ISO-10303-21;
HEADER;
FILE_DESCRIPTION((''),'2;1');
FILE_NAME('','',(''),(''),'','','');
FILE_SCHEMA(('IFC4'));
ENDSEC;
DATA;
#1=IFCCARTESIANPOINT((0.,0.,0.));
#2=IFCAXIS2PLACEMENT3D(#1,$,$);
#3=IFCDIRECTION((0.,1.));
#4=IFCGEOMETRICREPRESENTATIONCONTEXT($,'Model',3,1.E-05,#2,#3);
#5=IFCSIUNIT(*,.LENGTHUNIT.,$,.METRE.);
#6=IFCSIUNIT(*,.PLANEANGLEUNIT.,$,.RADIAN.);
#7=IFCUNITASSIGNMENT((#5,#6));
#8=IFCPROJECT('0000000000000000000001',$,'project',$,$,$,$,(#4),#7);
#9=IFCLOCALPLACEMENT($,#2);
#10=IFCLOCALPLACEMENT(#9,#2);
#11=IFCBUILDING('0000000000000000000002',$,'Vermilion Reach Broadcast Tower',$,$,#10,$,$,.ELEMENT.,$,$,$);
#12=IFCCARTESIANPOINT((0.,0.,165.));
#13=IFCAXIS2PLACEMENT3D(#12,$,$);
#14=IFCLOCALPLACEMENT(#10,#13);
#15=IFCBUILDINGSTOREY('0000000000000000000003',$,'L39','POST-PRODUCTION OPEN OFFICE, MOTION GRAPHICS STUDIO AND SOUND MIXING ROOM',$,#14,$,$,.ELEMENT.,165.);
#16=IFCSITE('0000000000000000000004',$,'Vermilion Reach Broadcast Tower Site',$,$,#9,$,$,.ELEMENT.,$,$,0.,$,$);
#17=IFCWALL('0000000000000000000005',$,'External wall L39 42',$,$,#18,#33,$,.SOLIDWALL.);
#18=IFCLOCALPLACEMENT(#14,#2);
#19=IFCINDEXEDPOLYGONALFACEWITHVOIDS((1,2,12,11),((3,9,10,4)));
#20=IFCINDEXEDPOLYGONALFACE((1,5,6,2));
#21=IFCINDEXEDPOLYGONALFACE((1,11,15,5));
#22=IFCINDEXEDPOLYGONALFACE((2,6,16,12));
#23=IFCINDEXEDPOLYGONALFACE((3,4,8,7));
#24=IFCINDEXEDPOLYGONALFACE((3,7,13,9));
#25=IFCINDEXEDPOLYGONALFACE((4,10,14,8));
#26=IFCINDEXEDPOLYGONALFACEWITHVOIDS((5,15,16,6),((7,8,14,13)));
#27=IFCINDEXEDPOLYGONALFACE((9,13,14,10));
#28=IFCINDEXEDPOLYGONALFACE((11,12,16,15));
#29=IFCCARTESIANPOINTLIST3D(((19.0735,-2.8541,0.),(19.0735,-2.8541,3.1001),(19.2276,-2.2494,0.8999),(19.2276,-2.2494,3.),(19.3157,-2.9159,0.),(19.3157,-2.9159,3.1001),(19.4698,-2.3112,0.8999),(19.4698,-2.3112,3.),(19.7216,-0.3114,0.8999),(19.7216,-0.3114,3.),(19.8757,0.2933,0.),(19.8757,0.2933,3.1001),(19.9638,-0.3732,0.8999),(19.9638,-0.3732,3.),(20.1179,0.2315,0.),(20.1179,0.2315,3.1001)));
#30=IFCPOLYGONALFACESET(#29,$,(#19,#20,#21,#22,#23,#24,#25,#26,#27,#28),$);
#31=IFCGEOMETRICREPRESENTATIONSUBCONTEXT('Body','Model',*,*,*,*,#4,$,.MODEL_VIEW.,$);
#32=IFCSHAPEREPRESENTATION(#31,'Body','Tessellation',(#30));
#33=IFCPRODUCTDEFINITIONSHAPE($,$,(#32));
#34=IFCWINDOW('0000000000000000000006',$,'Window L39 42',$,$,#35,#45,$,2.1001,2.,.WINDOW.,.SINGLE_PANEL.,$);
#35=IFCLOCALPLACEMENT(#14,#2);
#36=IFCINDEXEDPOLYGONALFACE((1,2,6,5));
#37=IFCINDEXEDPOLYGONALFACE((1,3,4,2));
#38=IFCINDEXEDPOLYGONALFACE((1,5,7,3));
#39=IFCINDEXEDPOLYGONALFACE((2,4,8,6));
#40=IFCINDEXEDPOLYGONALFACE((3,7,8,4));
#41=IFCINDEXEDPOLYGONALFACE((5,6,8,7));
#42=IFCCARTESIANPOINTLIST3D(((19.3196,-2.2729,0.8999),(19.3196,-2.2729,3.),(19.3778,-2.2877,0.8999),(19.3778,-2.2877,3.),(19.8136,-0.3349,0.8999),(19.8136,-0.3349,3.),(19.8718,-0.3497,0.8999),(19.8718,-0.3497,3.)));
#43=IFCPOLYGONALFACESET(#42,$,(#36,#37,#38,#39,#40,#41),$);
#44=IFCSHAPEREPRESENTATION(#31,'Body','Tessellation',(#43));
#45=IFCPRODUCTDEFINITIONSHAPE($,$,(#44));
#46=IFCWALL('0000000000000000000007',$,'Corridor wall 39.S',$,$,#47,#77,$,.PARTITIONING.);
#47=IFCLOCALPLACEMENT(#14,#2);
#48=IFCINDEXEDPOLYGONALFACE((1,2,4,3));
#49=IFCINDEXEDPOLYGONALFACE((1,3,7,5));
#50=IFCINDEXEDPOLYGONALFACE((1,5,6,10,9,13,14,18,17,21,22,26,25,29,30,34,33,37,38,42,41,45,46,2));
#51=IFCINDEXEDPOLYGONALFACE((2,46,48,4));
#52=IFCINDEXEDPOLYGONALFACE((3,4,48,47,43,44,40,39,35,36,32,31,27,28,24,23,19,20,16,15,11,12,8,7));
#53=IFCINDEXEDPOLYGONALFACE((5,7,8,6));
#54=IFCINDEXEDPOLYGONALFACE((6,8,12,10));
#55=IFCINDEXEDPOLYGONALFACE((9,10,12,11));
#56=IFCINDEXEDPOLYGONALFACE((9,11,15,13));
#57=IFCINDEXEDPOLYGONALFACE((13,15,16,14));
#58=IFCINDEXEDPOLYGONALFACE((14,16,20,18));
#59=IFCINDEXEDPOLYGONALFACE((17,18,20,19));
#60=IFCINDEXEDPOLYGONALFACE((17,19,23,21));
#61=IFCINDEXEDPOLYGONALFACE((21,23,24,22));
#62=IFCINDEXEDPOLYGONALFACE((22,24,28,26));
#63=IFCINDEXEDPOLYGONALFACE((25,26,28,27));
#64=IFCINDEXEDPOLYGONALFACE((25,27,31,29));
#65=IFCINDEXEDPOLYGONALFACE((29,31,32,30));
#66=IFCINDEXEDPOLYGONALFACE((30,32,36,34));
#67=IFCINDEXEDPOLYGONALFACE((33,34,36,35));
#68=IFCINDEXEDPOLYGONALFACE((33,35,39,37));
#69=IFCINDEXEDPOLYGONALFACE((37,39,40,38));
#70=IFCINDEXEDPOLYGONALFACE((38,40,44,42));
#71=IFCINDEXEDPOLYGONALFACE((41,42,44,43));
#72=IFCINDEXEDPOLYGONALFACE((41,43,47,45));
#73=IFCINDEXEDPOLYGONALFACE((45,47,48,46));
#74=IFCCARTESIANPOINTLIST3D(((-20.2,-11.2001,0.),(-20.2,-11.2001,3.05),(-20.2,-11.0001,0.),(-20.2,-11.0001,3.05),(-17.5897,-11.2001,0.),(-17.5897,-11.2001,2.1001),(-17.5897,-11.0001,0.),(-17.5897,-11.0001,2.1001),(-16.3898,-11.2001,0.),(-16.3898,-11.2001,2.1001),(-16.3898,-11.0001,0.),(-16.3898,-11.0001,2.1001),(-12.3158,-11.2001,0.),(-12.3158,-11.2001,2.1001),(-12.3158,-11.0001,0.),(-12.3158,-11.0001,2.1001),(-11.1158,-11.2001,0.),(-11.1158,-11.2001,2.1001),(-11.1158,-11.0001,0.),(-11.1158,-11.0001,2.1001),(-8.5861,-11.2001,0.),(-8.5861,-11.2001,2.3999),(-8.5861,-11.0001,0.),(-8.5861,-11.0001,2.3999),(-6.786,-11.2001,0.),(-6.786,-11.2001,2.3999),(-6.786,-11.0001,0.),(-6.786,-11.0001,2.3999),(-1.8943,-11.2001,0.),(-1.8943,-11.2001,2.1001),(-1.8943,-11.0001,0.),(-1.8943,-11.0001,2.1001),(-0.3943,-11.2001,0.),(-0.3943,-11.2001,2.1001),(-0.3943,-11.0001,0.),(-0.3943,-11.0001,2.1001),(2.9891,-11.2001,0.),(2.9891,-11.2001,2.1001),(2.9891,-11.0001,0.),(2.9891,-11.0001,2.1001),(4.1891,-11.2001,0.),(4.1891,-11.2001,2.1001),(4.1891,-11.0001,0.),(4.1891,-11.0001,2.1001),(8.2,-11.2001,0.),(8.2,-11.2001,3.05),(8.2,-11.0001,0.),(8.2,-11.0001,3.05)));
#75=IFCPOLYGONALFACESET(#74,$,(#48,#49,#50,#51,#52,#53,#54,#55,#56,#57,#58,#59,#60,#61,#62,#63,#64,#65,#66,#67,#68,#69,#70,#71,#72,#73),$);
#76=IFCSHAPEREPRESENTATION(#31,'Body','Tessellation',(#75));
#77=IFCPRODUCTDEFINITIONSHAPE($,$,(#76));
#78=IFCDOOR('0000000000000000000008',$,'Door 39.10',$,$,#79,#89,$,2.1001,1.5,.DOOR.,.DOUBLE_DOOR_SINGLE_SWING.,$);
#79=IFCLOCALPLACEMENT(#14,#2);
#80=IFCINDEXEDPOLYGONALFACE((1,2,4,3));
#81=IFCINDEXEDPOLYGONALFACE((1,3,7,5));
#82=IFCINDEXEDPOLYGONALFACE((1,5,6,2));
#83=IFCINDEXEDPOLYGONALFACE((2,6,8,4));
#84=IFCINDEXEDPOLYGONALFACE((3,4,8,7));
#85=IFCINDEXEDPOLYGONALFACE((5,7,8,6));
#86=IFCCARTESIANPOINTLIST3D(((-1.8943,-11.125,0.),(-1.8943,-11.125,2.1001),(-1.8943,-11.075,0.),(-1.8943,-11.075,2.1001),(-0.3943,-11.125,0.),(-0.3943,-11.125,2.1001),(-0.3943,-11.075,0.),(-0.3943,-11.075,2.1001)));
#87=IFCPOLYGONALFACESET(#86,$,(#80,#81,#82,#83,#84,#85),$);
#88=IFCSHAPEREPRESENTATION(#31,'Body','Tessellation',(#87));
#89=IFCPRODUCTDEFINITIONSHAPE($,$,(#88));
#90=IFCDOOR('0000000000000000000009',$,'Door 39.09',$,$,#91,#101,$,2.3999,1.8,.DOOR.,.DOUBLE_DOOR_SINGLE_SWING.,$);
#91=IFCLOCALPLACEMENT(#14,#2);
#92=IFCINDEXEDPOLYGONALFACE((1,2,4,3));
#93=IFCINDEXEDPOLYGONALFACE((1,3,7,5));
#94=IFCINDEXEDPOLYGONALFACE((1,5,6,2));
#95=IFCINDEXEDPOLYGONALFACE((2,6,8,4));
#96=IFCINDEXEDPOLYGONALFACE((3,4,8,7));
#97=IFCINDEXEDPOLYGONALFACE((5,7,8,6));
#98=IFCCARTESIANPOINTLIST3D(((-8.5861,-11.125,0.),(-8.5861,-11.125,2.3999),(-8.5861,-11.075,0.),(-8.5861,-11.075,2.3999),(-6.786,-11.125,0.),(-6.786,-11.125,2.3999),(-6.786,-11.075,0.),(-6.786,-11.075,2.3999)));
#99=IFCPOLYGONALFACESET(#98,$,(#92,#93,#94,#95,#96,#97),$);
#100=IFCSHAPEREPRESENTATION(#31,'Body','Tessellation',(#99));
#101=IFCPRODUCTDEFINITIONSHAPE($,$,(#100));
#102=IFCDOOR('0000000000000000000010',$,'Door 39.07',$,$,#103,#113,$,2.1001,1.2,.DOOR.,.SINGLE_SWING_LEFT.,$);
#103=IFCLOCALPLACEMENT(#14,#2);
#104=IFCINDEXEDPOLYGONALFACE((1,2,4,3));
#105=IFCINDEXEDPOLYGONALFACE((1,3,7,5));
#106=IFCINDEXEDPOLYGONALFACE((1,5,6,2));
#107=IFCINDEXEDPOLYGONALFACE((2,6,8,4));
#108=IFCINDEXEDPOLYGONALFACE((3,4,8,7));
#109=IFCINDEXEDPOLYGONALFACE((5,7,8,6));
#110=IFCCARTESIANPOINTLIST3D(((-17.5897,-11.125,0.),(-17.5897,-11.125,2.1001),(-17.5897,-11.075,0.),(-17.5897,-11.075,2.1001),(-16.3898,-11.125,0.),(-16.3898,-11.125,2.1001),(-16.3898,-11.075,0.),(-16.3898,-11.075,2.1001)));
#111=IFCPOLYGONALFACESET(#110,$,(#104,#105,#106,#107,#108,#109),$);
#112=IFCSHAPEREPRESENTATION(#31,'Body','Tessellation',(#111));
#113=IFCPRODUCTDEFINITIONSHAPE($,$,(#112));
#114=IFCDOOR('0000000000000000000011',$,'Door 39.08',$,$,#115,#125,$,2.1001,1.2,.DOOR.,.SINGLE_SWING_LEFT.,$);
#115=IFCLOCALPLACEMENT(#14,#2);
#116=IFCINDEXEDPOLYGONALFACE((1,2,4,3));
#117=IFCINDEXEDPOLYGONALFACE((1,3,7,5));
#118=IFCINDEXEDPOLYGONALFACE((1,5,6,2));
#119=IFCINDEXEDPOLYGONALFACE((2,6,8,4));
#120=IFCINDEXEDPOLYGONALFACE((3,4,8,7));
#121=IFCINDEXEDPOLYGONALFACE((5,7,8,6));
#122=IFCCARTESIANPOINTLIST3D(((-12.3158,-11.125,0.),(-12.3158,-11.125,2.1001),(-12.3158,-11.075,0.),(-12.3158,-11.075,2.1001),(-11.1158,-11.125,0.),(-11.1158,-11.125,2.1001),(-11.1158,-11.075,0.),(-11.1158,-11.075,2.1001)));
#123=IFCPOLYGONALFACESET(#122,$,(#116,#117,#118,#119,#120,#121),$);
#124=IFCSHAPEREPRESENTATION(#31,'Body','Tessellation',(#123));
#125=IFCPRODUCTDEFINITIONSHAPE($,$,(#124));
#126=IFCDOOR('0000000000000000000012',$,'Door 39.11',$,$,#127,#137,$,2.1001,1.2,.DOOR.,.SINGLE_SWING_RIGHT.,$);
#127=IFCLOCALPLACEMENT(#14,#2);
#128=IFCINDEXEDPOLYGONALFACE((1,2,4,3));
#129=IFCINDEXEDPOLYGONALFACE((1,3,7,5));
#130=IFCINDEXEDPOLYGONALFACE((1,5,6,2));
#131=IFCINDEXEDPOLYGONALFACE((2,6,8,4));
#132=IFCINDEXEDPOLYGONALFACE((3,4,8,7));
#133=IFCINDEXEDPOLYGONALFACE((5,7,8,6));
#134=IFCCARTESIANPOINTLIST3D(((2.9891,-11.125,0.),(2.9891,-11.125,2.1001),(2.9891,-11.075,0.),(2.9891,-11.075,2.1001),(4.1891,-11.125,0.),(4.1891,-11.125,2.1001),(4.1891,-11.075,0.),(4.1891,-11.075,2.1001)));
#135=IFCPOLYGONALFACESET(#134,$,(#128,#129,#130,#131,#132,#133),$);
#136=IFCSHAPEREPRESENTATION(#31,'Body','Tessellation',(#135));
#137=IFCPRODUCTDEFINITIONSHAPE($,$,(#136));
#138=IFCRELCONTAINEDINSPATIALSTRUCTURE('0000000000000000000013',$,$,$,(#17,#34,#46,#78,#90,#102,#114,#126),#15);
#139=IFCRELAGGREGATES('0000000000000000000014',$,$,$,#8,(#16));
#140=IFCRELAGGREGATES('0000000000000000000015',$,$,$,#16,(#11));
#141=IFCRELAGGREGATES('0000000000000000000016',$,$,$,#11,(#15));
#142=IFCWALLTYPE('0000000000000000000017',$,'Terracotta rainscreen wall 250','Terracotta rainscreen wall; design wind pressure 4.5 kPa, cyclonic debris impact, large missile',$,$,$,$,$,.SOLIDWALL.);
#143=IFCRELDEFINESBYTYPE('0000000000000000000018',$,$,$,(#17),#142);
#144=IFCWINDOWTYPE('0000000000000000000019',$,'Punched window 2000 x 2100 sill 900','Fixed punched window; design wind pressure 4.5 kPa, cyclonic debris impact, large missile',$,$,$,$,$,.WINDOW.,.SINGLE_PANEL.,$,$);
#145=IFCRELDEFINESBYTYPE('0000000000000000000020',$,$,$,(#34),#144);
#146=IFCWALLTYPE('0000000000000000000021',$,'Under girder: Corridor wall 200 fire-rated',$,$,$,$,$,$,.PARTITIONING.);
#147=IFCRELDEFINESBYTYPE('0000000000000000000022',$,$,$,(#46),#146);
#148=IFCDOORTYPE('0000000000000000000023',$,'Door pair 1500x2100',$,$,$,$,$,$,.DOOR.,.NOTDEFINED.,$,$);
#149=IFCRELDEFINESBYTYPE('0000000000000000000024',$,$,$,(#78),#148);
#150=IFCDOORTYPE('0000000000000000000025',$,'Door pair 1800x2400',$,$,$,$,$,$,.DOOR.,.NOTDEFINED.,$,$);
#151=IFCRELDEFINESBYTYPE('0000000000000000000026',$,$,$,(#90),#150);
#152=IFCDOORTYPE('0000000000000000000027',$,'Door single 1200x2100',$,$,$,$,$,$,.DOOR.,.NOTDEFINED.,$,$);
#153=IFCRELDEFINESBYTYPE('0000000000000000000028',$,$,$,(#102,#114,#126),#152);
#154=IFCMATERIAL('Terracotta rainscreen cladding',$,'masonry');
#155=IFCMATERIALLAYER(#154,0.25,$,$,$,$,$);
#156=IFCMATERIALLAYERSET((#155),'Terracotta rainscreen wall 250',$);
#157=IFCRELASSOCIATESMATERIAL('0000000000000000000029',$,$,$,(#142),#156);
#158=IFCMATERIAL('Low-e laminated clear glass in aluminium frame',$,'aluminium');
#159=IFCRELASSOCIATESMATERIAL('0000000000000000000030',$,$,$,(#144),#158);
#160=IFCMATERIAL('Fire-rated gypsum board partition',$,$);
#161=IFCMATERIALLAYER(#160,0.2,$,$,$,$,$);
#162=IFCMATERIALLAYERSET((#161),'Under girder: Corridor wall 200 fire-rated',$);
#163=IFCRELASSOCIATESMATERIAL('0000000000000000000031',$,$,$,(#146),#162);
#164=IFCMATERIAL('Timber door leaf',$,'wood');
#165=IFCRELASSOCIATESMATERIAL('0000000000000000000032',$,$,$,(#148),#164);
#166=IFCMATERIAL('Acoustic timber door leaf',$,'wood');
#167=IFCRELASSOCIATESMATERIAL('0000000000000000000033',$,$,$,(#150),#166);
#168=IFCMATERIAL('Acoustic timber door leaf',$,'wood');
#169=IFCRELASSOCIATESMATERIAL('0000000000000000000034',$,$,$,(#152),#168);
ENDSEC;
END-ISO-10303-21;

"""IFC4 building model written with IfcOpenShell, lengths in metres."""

from ifc_helpers import new_model, si_unit, direction, frame, frame_2d, origin, place, context, subcontext, project, spatial, rectangle, extrude, material, layer, layer_set, type_object, element, fill, save


model = new_model("IFC4")

# Units and contexts
model_context = context("Model", 3, precision=1e-05, world=origin(), true_north=direction((0.0, 1.0)))
body_context = subcontext(model_context, "Body", "Model", "MODEL_VIEW")
ifc_project = project(units=[si_unit("LENGTHUNIT", "METRE"), si_unit("PLANEANGLEUNIT", "RADIAN")], contexts=[model_context])

# Site, building, storey
site_placement = place(None, origin())
site = spatial("IfcSite", under=ifc_project, at=site_placement, Name="Vermilion Reach Broadcast Tower Site", CompositionType="ELEMENT", RefElevation=0.0)
building_placement = place(site_placement, origin())
building = spatial("IfcBuilding", under=site, at=building_placement, Name="Vermilion Reach Broadcast Tower", CompositionType="ELEMENT")
storey_placement = place(building_placement, frame((0.0, 0.0, 165.0)))
storey = spatial("IfcBuildingStorey", under=building, at=storey_placement, Name="L39", Description="POST-PRODUCTION OPEN OFFICE, MOTION GRAPHICS STUDIO AND SOUND MIXING ROOM", CompositionType="ELEMENT", Elevation=165.0)

# Shared definitions
ifc_material_1 = material(Name="Terracotta rainscreen cladding", Category="masonry")
ifc_layer_1 = layer(ifc_material_1, 0.25)
ifc_layer_set_1 = layer_set([ifc_layer_1], Name="Terracotta rainscreen wall 250")
wall_type_1 = type_object("IfcWallType", Name="Terracotta rainscreen wall 250", Description="Terracotta rainscreen wall; design wind pressure 4.5 kPa, cyclonic debris impact, large missile", PredefinedType="SOLIDWALL", material=ifc_layer_set_1)

# Wall, opening, window
ifc_material_2 = material(Name="Low-e laminated clear glass in aluminium frame", Category="aluminium")
window_type = type_object("IfcWindowType", Name="Punched window 2000 x 2100 sill 900", Description="Fixed punched window; design wind pressure 4.5 kPa, cyclonic debris impact, large missile", PartitioningType="SINGLE_PANEL", PredefinedType="WINDOW", material=ifc_material_2)
wall_1_placement = place(storey_placement, frame((19.1946, -2.885, 0.0), z_axis=(0.0, 0.0, 1.0), x_axis=(0.24699, 0.969018, 0.0)))
wall_1 = element("IfcWall", 1, at=wall_1_placement, inside=storey, type_object=wall_type_1, Name="External wall L39 42", PredefinedType="SOLIDWALL", context=body_context, shape_type="SweptSolid", body=[
    extrude(rectangle(XDim=3.248, YDim=0.25, at=frame_2d((1.624, 0.0))), origin(), (0.0, 0.0, 1.0), 3.1001),
])
opening_1_placement = place(wall_1_placement, frame((0.624, 0.0, 0.8999)))
opening_1 = element("IfcOpeningElement", 2, at=opening_1_placement, cuts=wall_1, PredefinedType="OPENING", context=body_context, shape_type="SweptSolid", body=[
    extrude(rectangle(XDim=2.0, YDim=2.1001, at=frame_2d((1.0, 1.05))), frame((0.0, 0.135, 0.0), z_axis=(0.0, -1.0, 0.0), x_axis=(1.0, 0.0, 0.0)), (0.0, 0.0, 1.0), 0.27),
])
window_1_placement = place(opening_1_placement, origin())
window_1 = element("IfcWindow", 3, at=window_1_placement, inside=storey, type_object=window_type, Name="Window L39 42", OverallHeight=2.1001, OverallWidth=2.0, PartitioningType="SINGLE_PANEL", PredefinedType="WINDOW", context=body_context, shape_type="SweptSolid", body=[
    extrude(rectangle(XDim=2.0, YDim=2.1001, at=frame_2d((1.0, 1.05))), frame((0.0, 0.03, 0.0), z_axis=(0.0, -1.0, 0.0), x_axis=(1.0, 0.0, 0.0)), (0.0, 0.0, 1.0), 0.0601),
])
fill(opening_1, window_1)

# Wall, openings, doors
ifc_material_3 = material(Name="Fire-rated gypsum board partition")
ifc_layer_2 = layer(ifc_material_3, 0.2)
ifc_layer_set_2 = layer_set([ifc_layer_2], Name="Under girder: Corridor wall 200 fire-rated")
wall_type_2 = type_object("IfcWallType", Name="Under girder: Corridor wall 200 fire-rated", PredefinedType="PARTITIONING", material=ifc_layer_set_2)
wall_2_placement = place(storey_placement, frame((8.2, -11.1001, 0.0), z_axis=(0.0, 0.0, 1.0), x_axis=(-1.0, 0.0, 0.0)))
wall_2 = element("IfcWall", 4, at=wall_2_placement, inside=storey, type_object=wall_type_2, Name="Corridor wall 39.S", PredefinedType="PARTITIONING", context=body_context, shape_type="SweptSolid", body=[
    extrude(rectangle(XDim=28.3999, YDim=0.2, at=frame_2d((14.2, 0.0))), origin(), (0.0, 0.0, 1.0), 3.05),
])
opening_2_placement = place(wall_2_placement, frame((24.5896, 0.0, 0.0)))
opening_2 = element("IfcOpeningElement", 5, at=opening_2_placement, cuts=wall_2, PredefinedType="OPENING", context=body_context, shape_type="SweptSolid", body=[
    extrude(rectangle(XDim=1.2, YDim=2.1001, at=frame_2d((0.6001, 1.05))), frame((0.0, 0.1099, 0.0), z_axis=(0.0, -1.0, 0.0), x_axis=(1.0, 0.0, 0.0)), (0.0, 0.0, 1.0), 0.22),
])
opening_3_placement = place(wall_2_placement, frame((19.3157, 0.0, 0.0)))
opening_3 = element("IfcOpeningElement", 6, at=opening_3_placement, cuts=wall_2, PredefinedType="OPENING", context=body_context, shape_type="SweptSolid", body=[
    extrude(rectangle(XDim=1.2, YDim=2.1001, at=frame_2d((0.6001, 1.05))), frame((0.0, 0.1099, 0.0), z_axis=(0.0, -1.0, 0.0), x_axis=(1.0, 0.0, 0.0)), (0.0, 0.0, 1.0), 0.22),
])
opening_4_placement = place(wall_2_placement, frame((14.9861, 0.0, 0.0)))
opening_4 = element("IfcOpeningElement", 7, at=opening_4_placement, cuts=wall_2, PredefinedType="OPENING", context=body_context, shape_type="SweptSolid", body=[
    extrude(rectangle(XDim=1.8, YDim=2.3999, at=frame_2d((0.8999, 1.2))), frame((0.0, 0.1099, 0.0), z_axis=(0.0, -1.0, 0.0), x_axis=(1.0, 0.0, 0.0)), (0.0, 0.0, 1.0), 0.22),
])
opening_5_placement = place(wall_2_placement, frame((8.5942, 0.0, 0.0)))
opening_5 = element("IfcOpeningElement", 8, at=opening_5_placement, cuts=wall_2, PredefinedType="OPENING", context=body_context, shape_type="SweptSolid", body=[
    extrude(rectangle(XDim=1.5, YDim=2.1001, at=frame_2d((0.75, 1.05))), frame((0.0, 0.1099, 0.0), z_axis=(0.0, -1.0, 0.0), x_axis=(1.0, 0.0, 0.0)), (0.0, 0.0, 1.0), 0.22),
])
opening_6_placement = place(wall_2_placement, frame((4.0107, 0.0, 0.0)))
opening_6 = element("IfcOpeningElement", 9, at=opening_6_placement, cuts=wall_2, PredefinedType="OPENING", context=body_context, shape_type="SweptSolid", body=[
    extrude(rectangle(XDim=1.2, YDim=2.1001, at=frame_2d((0.6001, 1.05))), frame((0.0, 0.1099, 0.0), z_axis=(0.0, -1.0, 0.0), x_axis=(1.0, 0.0, 0.0)), (0.0, 0.0, 1.0), 0.22),
])
ifc_material_4 = material(Name="Timber door leaf", Category="wood")
door_type_1 = type_object("IfcDoorType", Name="Door pair 1500x2100", OperationType="NOTDEFINED", PredefinedType="DOOR", material=ifc_material_4)
door_1_placement = place(opening_5_placement, origin())
door_1 = element("IfcDoor", 10, at=door_1_placement, inside=storey, type_object=door_type_1, Name="Door 39.10", OperationType="DOUBLE_DOOR_SINGLE_SWING", OverallHeight=2.1001, OverallWidth=1.5, PredefinedType="DOOR", context=body_context, shape_type="SweptSolid", body=[
    extrude(rectangle(XDim=1.5, YDim=2.1001, at=frame_2d((0.75, 1.05))), frame((0.0, 0.0249, 0.0), z_axis=(0.0, -1.0, 0.0), x_axis=(1.0, 0.0, 0.0)), (0.0, 0.0, 1.0), 0.05),
])
fill(opening_5, door_1)
ifc_material_5 = material(Name="Acoustic timber door leaf", Category="wood")
door_type_2 = type_object("IfcDoorType", Name="Door pair 1800x2400", OperationType="NOTDEFINED", PredefinedType="DOOR", material=ifc_material_5)
door_2_placement = place(opening_4_placement, origin())
door_2 = element("IfcDoor", 11, at=door_2_placement, inside=storey, type_object=door_type_2, Name="Door 39.09", OperationType="DOUBLE_DOOR_SINGLE_SWING", OverallHeight=2.3999, OverallWidth=1.8, PredefinedType="DOOR", context=body_context, shape_type="SweptSolid", body=[
    extrude(rectangle(XDim=1.8, YDim=2.3999, at=frame_2d((0.8999, 1.2))), frame((0.0, 0.0249, 0.0), z_axis=(0.0, -1.0, 0.0), x_axis=(1.0, 0.0, 0.0)), (0.0, 0.0, 1.0), 0.05),
])
fill(opening_4, door_2)
ifc_material_6 = material(Name="Acoustic timber door leaf", Category="wood")
door_type_3 = type_object("IfcDoorType", Name="Door single 1200x2100", OperationType="NOTDEFINED", PredefinedType="DOOR", material=ifc_material_6)
door_3_placement = place(opening_2_placement, origin())
door_3 = element("IfcDoor", 12, at=door_3_placement, inside=storey, type_object=door_type_3, Name="Door 39.07", OperationType="SINGLE_SWING_LEFT", OverallHeight=2.1001, OverallWidth=1.2, PredefinedType="DOOR", context=body_context, shape_type="SweptSolid", body=[
    extrude(rectangle(XDim=1.2, YDim=2.1001, at=frame_2d((0.6001, 1.05))), frame((0.0, 0.0249, 0.0), z_axis=(0.0, -1.0, 0.0), x_axis=(1.0, 0.0, 0.0)), (0.0, 0.0, 1.0), 0.05),
])
fill(opening_2, door_3)
door_4_placement = place(opening_3_placement, origin())
door_4 = element("IfcDoor", 13, at=door_4_placement, inside=storey, type_object=door_type_3, Name="Door 39.08", OperationType="SINGLE_SWING_LEFT", OverallHeight=2.1001, OverallWidth=1.2, PredefinedType="DOOR", context=body_context, shape_type="SweptSolid", body=[
    extrude(rectangle(XDim=1.2, YDim=2.1001, at=frame_2d((0.6001, 1.05))), frame((0.0, 0.0249, 0.0), z_axis=(0.0, -1.0, 0.0), x_axis=(1.0, 0.0, 0.0)), (0.0, 0.0, 1.0), 0.05),
])
fill(opening_3, door_4)
door_5_placement = place(opening_6_placement, origin())
door_5 = element("IfcDoor", 14, at=door_5_placement, inside=storey, type_object=door_type_3, Name="Door 39.11", OperationType="SINGLE_SWING_RIGHT", OverallHeight=2.1001, OverallWidth=1.2, PredefinedType="DOOR", context=body_context, shape_type="SweptSolid", body=[
    extrude(rectangle(XDim=1.2, YDim=2.1001, at=frame_2d((0.6001, 1.05))), frame((0.0, 0.0249, 0.0), z_axis=(0.0, -1.0, 0.0), x_axis=(1.0, 0.0, 0.0)), (0.0, 0.0, 1.0), 0.05),
])
fill(opening_6, door_5)

save(model, "model.ifc")
